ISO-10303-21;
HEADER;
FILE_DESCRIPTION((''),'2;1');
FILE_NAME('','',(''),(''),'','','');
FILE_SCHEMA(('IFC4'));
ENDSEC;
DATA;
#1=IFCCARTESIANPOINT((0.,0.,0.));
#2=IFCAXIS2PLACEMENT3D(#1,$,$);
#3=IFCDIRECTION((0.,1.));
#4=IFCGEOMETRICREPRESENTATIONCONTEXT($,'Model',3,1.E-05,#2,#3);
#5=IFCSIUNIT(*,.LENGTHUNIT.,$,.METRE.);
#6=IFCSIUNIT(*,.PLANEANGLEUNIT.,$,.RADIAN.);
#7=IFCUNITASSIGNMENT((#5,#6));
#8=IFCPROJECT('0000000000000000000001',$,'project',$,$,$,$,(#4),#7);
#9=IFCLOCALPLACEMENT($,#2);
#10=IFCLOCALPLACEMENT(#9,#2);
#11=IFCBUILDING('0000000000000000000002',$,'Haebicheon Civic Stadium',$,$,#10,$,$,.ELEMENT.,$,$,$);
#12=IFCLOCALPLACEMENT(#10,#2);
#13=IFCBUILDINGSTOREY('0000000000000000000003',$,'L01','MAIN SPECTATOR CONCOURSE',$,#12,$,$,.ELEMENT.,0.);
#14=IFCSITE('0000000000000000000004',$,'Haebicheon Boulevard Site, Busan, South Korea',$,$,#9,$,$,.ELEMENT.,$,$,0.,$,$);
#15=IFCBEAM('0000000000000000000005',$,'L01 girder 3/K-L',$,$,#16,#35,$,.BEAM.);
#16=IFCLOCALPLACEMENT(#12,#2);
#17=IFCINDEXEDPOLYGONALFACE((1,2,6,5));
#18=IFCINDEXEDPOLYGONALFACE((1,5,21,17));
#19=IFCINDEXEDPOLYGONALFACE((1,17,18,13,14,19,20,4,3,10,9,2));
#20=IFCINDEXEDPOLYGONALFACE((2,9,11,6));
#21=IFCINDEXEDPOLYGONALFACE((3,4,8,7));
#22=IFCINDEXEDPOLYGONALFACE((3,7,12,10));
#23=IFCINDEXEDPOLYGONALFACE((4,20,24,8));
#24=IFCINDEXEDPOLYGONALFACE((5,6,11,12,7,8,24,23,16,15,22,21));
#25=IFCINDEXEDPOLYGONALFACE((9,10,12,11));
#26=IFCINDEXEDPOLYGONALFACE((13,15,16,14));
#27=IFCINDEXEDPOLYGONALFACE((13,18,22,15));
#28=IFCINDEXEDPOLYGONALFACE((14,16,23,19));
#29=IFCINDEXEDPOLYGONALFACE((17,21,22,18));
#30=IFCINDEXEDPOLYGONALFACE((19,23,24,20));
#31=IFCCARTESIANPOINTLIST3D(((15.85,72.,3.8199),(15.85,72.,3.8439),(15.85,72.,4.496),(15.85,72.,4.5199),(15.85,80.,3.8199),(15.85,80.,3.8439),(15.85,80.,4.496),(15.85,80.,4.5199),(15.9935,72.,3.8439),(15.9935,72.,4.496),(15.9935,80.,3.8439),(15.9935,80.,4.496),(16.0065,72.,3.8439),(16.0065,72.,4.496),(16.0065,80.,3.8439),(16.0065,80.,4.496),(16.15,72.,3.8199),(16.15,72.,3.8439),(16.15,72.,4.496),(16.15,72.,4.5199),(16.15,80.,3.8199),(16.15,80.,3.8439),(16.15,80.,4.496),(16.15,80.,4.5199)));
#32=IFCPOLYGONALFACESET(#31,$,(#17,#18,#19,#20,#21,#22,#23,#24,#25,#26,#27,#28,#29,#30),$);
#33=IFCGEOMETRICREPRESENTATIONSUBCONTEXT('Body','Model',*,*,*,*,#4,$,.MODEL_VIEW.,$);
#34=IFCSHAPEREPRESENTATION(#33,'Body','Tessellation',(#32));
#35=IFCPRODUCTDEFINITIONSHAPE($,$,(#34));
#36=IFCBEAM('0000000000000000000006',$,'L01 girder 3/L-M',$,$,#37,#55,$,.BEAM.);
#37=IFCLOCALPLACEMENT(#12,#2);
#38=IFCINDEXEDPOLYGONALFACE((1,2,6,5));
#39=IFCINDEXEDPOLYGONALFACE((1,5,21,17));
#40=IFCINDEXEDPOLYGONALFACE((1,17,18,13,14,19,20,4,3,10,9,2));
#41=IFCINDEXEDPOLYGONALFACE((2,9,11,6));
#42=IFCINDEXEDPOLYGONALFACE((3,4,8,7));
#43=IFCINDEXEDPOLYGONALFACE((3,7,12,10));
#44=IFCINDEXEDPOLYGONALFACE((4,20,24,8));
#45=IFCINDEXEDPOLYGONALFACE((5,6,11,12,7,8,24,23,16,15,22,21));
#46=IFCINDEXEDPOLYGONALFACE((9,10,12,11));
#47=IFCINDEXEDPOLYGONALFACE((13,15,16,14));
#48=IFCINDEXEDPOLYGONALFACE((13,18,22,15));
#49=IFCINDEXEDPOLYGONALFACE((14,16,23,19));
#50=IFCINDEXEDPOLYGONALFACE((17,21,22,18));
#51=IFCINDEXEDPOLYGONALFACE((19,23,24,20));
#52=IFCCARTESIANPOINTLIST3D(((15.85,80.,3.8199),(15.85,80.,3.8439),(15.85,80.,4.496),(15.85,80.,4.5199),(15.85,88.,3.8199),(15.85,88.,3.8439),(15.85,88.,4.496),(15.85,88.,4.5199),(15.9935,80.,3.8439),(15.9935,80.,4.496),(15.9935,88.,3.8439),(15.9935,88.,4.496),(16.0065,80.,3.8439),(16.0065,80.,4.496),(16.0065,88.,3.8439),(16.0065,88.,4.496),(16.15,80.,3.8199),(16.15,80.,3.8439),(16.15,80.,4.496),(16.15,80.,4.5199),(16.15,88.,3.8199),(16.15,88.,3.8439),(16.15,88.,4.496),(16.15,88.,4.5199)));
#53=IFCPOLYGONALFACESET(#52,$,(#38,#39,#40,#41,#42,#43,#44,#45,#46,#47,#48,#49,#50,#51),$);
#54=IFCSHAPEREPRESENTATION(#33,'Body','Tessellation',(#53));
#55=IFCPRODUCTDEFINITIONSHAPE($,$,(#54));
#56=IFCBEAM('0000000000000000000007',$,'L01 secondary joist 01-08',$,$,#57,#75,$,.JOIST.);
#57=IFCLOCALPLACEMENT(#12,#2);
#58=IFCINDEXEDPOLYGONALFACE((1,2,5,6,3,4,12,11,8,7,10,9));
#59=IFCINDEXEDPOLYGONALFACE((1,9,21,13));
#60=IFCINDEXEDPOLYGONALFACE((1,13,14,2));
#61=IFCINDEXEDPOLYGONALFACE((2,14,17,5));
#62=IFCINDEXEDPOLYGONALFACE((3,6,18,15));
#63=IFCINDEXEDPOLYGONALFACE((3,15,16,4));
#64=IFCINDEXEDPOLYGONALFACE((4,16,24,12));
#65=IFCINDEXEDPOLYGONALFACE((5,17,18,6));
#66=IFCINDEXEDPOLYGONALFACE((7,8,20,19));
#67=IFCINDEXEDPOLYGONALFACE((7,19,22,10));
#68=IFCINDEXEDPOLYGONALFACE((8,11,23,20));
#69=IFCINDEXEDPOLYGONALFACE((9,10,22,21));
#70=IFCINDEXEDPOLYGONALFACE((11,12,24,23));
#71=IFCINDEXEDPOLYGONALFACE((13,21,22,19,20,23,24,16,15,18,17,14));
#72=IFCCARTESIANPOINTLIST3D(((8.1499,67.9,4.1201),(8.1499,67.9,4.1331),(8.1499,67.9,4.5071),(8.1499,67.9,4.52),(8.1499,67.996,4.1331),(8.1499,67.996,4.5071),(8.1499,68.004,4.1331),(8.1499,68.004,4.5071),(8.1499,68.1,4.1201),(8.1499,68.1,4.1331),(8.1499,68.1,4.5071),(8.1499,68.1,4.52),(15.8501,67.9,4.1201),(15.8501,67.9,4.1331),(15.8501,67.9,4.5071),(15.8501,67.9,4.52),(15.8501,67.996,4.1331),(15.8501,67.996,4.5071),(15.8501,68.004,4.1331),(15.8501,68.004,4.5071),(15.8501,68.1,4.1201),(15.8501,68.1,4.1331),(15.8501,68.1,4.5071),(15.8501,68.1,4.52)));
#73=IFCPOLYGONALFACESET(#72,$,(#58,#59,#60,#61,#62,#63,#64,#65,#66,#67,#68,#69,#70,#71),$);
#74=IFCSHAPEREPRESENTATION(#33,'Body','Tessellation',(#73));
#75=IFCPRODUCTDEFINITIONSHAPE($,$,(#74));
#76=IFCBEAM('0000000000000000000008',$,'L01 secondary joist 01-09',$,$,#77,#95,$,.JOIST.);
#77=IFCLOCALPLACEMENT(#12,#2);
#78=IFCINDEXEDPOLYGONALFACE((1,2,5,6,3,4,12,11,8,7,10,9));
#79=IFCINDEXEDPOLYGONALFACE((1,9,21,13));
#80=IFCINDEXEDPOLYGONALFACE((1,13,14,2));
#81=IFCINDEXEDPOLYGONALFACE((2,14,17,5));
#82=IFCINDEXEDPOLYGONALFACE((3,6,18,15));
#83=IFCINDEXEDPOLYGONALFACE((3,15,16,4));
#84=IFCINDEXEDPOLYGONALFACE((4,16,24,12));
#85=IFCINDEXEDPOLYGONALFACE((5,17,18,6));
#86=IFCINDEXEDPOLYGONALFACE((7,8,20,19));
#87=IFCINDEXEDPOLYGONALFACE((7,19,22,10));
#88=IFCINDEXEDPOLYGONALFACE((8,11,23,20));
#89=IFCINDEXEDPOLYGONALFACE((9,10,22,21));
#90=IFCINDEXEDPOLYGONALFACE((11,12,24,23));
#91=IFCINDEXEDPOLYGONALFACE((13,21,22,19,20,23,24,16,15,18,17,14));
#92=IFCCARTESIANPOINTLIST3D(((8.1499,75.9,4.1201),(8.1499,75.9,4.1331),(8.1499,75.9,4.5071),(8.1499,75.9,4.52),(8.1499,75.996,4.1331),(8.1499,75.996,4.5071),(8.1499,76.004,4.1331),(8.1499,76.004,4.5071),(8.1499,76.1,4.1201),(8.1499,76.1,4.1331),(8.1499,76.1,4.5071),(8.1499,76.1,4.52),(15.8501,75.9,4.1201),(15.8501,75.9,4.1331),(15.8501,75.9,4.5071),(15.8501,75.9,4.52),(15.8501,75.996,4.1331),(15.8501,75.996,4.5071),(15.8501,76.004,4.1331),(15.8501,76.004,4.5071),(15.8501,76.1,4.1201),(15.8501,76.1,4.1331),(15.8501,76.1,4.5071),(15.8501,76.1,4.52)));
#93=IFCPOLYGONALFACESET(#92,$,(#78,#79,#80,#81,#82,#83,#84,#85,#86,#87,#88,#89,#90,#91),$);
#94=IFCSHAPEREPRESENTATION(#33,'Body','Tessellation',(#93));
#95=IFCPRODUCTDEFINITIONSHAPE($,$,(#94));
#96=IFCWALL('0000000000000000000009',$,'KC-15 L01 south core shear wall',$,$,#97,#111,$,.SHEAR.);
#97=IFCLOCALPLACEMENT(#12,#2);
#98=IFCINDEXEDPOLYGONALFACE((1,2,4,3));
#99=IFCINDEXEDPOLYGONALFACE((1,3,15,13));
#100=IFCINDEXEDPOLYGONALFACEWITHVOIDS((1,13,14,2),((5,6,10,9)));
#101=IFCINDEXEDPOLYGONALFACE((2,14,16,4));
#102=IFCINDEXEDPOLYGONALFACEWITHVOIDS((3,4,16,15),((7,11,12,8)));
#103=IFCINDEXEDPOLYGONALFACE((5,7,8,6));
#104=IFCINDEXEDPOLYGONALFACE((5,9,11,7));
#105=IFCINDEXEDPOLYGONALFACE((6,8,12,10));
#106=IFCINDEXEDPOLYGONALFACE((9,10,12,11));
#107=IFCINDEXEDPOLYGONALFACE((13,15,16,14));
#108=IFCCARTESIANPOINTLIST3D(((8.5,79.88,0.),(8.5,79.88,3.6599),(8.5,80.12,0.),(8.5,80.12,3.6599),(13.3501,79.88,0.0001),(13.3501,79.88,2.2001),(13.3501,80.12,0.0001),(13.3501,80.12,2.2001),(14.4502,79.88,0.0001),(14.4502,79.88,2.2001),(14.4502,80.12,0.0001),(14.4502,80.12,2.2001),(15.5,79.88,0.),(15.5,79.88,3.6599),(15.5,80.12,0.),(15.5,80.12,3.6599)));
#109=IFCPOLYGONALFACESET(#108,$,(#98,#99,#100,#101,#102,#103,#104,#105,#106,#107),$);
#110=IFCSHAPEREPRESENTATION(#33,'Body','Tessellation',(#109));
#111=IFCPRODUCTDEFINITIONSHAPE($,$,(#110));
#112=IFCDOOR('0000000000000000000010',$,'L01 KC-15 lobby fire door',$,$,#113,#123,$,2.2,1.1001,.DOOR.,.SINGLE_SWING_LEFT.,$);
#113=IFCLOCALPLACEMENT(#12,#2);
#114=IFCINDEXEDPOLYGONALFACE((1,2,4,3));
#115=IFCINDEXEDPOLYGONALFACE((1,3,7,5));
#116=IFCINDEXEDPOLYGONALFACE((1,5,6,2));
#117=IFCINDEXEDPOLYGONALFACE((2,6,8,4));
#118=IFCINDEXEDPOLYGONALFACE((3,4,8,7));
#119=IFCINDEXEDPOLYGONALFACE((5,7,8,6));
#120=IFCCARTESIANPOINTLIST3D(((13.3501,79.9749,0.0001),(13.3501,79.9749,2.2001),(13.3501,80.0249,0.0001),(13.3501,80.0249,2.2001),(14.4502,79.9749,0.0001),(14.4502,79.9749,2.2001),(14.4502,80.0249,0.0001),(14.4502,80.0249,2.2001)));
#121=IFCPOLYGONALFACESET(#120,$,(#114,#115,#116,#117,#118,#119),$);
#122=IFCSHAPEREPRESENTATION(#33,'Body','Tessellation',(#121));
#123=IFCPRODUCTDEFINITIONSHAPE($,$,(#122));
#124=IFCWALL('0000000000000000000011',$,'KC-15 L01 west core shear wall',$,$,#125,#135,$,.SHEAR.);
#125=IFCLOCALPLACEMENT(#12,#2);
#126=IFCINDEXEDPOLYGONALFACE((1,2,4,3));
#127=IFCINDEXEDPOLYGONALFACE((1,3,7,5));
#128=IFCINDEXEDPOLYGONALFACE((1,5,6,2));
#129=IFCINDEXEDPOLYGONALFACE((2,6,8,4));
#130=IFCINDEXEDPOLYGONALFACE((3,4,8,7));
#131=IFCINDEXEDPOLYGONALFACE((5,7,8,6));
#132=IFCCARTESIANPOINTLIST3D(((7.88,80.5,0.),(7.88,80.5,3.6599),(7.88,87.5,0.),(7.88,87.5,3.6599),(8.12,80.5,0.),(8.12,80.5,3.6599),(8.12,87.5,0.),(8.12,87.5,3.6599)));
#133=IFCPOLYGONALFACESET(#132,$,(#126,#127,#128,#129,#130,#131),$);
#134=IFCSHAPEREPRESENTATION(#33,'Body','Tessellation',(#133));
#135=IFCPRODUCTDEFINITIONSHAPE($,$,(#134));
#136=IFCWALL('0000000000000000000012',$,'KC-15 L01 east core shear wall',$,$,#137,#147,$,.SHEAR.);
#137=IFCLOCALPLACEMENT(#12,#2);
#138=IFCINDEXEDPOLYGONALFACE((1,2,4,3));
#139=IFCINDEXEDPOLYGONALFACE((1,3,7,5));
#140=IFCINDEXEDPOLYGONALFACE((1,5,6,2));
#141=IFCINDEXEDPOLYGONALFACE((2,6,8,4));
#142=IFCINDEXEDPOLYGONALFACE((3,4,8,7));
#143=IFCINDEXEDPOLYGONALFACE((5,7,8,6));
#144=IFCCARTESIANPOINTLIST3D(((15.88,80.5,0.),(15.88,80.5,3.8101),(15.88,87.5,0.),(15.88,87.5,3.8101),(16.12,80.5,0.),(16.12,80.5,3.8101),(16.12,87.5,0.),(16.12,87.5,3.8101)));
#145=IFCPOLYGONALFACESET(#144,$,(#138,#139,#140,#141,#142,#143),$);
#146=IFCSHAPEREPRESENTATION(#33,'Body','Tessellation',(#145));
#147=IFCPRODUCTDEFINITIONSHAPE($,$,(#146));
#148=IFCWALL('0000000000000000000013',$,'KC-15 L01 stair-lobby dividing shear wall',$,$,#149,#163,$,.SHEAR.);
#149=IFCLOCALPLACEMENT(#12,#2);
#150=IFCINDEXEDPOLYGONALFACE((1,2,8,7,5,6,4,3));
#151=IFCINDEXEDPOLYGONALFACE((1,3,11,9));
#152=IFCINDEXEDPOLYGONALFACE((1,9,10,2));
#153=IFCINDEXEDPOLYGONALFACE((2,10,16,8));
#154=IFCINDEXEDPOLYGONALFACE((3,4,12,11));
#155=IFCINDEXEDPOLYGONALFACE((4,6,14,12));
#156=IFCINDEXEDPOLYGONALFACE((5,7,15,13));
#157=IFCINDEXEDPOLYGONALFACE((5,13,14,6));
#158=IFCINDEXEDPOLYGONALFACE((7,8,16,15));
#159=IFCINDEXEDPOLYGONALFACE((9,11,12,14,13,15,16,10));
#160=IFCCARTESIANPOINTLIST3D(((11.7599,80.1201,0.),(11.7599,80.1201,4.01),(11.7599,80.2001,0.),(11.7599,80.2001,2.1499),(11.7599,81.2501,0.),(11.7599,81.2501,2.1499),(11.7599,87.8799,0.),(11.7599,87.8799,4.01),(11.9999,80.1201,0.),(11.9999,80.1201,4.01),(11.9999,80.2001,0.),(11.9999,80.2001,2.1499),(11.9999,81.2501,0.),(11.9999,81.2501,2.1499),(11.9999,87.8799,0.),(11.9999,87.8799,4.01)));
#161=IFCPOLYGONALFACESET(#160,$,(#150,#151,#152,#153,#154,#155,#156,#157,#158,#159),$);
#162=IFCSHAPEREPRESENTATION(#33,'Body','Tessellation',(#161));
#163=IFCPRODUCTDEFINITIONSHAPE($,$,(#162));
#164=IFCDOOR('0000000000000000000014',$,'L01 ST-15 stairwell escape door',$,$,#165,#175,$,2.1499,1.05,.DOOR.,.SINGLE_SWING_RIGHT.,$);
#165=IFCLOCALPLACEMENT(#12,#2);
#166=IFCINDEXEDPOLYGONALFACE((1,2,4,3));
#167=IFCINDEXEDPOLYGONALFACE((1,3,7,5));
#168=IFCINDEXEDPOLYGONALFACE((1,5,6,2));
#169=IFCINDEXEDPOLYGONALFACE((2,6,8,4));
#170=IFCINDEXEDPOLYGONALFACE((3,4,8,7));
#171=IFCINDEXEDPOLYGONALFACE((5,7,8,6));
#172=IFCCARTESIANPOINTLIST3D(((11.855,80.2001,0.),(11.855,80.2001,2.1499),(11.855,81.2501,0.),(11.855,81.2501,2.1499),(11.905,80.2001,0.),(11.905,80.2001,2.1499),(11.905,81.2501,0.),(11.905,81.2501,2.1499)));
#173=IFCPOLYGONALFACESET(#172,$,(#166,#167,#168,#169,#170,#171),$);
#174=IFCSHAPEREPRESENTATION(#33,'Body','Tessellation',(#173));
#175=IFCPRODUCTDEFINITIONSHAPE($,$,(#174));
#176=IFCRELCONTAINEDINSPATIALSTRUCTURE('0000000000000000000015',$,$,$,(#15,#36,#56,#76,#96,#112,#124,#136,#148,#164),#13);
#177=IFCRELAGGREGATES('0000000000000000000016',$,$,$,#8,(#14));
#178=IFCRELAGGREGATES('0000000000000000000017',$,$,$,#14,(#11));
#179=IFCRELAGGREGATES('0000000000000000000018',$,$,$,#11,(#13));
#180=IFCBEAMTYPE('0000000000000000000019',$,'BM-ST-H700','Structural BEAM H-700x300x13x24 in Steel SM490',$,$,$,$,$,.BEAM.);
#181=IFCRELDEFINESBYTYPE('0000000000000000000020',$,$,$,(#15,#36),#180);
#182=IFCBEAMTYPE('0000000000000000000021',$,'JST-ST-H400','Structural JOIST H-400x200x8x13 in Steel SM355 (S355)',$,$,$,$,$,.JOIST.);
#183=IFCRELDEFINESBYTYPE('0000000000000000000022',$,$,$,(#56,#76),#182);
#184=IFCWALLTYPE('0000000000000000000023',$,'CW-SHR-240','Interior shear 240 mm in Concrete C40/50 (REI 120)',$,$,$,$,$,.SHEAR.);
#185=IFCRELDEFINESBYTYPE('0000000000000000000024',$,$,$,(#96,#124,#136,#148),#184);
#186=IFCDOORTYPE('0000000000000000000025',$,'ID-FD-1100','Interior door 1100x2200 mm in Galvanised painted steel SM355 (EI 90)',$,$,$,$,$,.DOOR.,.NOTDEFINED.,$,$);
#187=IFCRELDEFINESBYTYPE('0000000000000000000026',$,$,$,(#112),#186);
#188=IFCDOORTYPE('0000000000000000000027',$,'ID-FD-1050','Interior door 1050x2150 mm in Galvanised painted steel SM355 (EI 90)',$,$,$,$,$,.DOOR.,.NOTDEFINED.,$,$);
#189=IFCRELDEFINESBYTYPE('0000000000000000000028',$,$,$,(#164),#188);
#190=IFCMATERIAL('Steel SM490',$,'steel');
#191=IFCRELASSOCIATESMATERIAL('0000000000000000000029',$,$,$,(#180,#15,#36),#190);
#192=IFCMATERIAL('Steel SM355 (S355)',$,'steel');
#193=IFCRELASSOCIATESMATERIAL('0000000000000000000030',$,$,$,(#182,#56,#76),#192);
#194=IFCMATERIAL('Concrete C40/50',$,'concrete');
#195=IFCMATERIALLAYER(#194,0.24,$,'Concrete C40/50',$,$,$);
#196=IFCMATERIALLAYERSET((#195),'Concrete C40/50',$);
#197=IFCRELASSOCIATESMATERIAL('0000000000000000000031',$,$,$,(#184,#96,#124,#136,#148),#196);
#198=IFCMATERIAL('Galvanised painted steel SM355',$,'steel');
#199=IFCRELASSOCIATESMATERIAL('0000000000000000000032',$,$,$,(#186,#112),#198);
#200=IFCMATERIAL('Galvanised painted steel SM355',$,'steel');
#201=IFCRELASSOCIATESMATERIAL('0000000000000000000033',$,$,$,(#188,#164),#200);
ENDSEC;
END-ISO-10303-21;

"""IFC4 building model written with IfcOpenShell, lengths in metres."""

from ifc_helpers import new_model, si_unit, direction, frame, frame_2d, origin, origin_2d, place, context, subcontext, project, spatial, rectangle, i_section, extrude, material, layer, layer_set, material_profile, profile_set, type_object, element, fill, save


model = new_model("IFC4")

# Units and contexts
model_context = context("Model", 3, precision=1e-05, world=origin(), true_north=direction((0.0, 1.0)))
body_context = subcontext(model_context, "Body", "Model", "MODEL_VIEW")
ifc_project = project(units=[si_unit("LENGTHUNIT", "METRE"), si_unit("PLANEANGLEUNIT", "RADIAN")], contexts=[model_context])

# Site, building, storey
site_placement = place(None, origin())
site = spatial("IfcSite", under=ifc_project, at=site_placement, Name="Haebicheon Boulevard Site, Busan, South Korea", CompositionType="ELEMENT", RefElevation=0.0)
building_placement = place(site_placement, origin())
building = spatial("IfcBuilding", under=site, at=building_placement, Name="Haebicheon Civic Stadium", CompositionType="ELEMENT")
storey_placement = place(building_placement, origin())
storey = spatial("IfcBuildingStorey", under=building, at=storey_placement, Name="L01", Description="MAIN SPECTATOR CONCOURSE", CompositionType="ELEMENT", Elevation=0.0)

# Beams
ifc_material_1 = material(Name="Steel SM490", Category="steel")
ifc_material_profile_1 = material_profile(ifc_material_1, i_section(OverallWidth=0.3, OverallDepth=0.7, WebThickness=0.0129, FlangeThickness=0.0239, at=origin_2d()), Name="H-700x300x13x24")
ifc_profile_set_1 = profile_set([ifc_material_profile_1], Name="Steel SM490")
beam_type_1 = type_object("IfcBeamType", Name="BM-ST-H700", Description="Structural BEAM H-700x300x13x24 in Steel SM490", PredefinedType="BEAM", material=ifc_profile_set_1)
for number, where, z_axis, x_axis, name in (
    (1, (16.0, 72.0, 4.1699), (0.0, 1.0, 0.0), (-1.0, 0.0, 0.0), "L01 girder 3/K-L"),
    (2, (16.0, 80.0, 4.1699), (0.0, 1.0, 0.0), (-1.0, 0.0, 0.0), "L01 girder 3/L-M"),
):
    element("IfcBeam", number, at=place(storey_placement, frame(where, z_axis=z_axis, x_axis=x_axis)), inside=storey, type_object=beam_type_1, material=ifc_profile_set_1, Name=name, PredefinedType="BEAM", context=body_context, shape_type="SweptSolid", body=[
        extrude(i_section(OverallWidth=0.3, OverallDepth=0.7, WebThickness=0.0129, FlangeThickness=0.0239, at=origin_2d()), origin(), (0.0, 0.0, 1.0), 8.0),
    ])
ifc_material_2 = material(Name="Steel SM355 (S355)", Category="steel")
ifc_material_profile_2 = material_profile(ifc_material_2, i_section(OverallWidth=0.2, OverallDepth=0.3999, WebThickness=0.0081, FlangeThickness=0.0129, at=origin_2d()), Name="H-400x200x8x13")
ifc_profile_set_2 = profile_set([ifc_material_profile_2], Name="Steel SM355 (S355)")
beam_type_2 = type_object("IfcBeamType", Name="JST-ST-H400", Description="Structural JOIST H-400x200x8x13 in Steel SM355 (S355)", PredefinedType="JOIST", material=ifc_profile_set_2)
for number, where, z_axis, x_axis, name in (
    (3, (8.1499, 68.0, 4.3201), (1.0, 0.0, 0.0), (0.0, 1.0, 0.0), "L01 secondary joist 01-08"),
    (4, (8.1499, 76.0, 4.3201), (1.0, 0.0, 0.0), (0.0, 1.0, 0.0), "L01 secondary joist 01-09"),
):
    element("IfcBeam", number, at=place(storey_placement, frame(where, z_axis=z_axis, x_axis=x_axis)), inside=storey, type_object=beam_type_2, material=ifc_profile_set_2, Name=name, PredefinedType="JOIST", context=body_context, shape_type="SweptSolid", body=[
        extrude(i_section(OverallWidth=0.2, OverallDepth=0.3999, WebThickness=0.0081, FlangeThickness=0.0129, at=origin_2d()), origin(), (0.0, 0.0, 1.0), 7.7002),
    ])

# Wall, opening, door
ifc_material_3 = material(Name="Concrete C40/50", Category="concrete")
ifc_layer_1 = layer(ifc_material_3, 0.24, Name="Concrete C40/50")
ifc_layer_set_1 = layer_set([ifc_layer_1], Name="Concrete C40/50")
wall_type_1 = type_object("IfcWallType", Name="CW-SHR-240", Description="Interior shear 240 mm in Concrete C40/50 (REI 120)", PredefinedType="SHEAR", material=ifc_layer_set_1)
wall_1_placement = place(storey_placement, frame((8.5, 80.0, 0.0), z_axis=(0.0, 0.0, 1.0), x_axis=(1.0, 0.0, 0.0)))
wall_1 = element("IfcWall", 5, at=wall_1_placement, inside=storey, type_object=wall_type_1, material=ifc_layer_set_1, Name="KC-15 L01 south core shear wall", PredefinedType="SHEAR", context=body_context, shape_type="SweptSolid", body=[
    extrude(rectangle(XDim=7.0, YDim=0.24, at=frame_2d((3.5, 0.0))), origin(), (0.0, 0.0, 1.0), 3.6599),
])
opening_1_placement = place(wall_1_placement, frame((4.8501, 0.0, 0.0)))
opening_1 = element("IfcOpeningElement", 6, at=opening_1_placement, cuts=wall_1, PredefinedType="OPENING", context=body_context, shape_type="SweptSolid", body=[
    extrude(rectangle(XDim=1.1001, YDim=2.2, at=frame_2d((0.55, 1.1001))), frame((0.0, 0.1299, 0.0), z_axis=(0.0, -1.0, 0.0), x_axis=(1.0, 0.0, 0.0)), (0.0, 0.0, 1.0), 0.26),
])
ifc_material_4 = material(Name="Galvanised painted steel SM355", Category="steel")
door_type_1 = type_object("IfcDoorType", Name="ID-FD-1100", Description="Interior door 1100x2200 mm in Galvanised painted steel SM355 (EI 90)", OperationType="NOTDEFINED", PredefinedType="DOOR", material=ifc_material_4)
door_1_placement = place(opening_1_placement, origin())
door_1 = element("IfcDoor", 7, at=door_1_placement, inside=storey, type_object=door_type_1, material=ifc_material_4, Name="L01 KC-15 lobby fire door", OperationType="SINGLE_SWING_LEFT", OverallHeight=2.2, OverallWidth=1.1001, PredefinedType="DOOR", context=body_context, shape_type="SweptSolid", body=[
    extrude(rectangle(XDim=1.1001, YDim=2.2, at=frame_2d((0.55, 1.1001))), frame((0.0, 0.0249, 0.0), z_axis=(0.0, -1.0, 0.0), x_axis=(1.0, 0.0, 0.0)), (0.0, 0.0, 1.0), 0.05),
])
fill(opening_1, door_1)

# Walls
wall_2_placement = place(storey_placement, frame((8.0, 80.5, 0.0), z_axis=(0.0, 0.0, 1.0), x_axis=(0.0, 1.0, 0.0)))
element("IfcWall", 8, at=wall_2_placement, inside=storey, type_object=wall_type_1, material=ifc_layer_set_1, Name="KC-15 L01 west core shear wall", PredefinedType="SHEAR", context=body_context, shape_type="SweptSolid", body=[
    extrude(rectangle(XDim=7.0, YDim=0.24, at=frame_2d((3.5, 0.0))), origin(), (0.0, 0.0, 1.0), 3.6599),
])
wall_3_placement = place(storey_placement, frame((16.0, 80.5, 0.0), z_axis=(0.0, 0.0, 1.0), x_axis=(0.0, 1.0, 0.0)))
element("IfcWall", 9, at=wall_3_placement, inside=storey, type_object=wall_type_1, material=ifc_layer_set_1, Name="KC-15 L01 east core shear wall", PredefinedType="SHEAR", context=body_context, shape_type="SweptSolid", body=[
    extrude(rectangle(XDim=7.0, YDim=0.24, at=frame_2d((3.5, 0.0))), origin(), (0.0, 0.0, 1.0), 3.8101),
])

# Wall, opening, door
wall_4_placement = place(storey_placement, frame((11.8799, 80.1201, 0.0), z_axis=(0.0, 0.0, 1.0), x_axis=(0.0, 1.0, 0.0)))
wall_4 = element("IfcWall", 10, at=wall_4_placement, inside=storey, type_object=wall_type_1, material=ifc_layer_set_1, Name="KC-15 L01 stair-lobby dividing shear wall", PredefinedType="SHEAR", context=body_context, shape_type="SweptSolid", body=[
    extrude(rectangle(XDim=7.7598, YDim=0.24, at=frame_2d((3.8799, 0.0))), origin(), (0.0, 0.0, 1.0), 4.01),
])
opening_2_placement = place(wall_4_placement, frame((0.0801, 0.0, 0.0)))
opening_2 = element("IfcOpeningElement", 11, at=opening_2_placement, cuts=wall_4, PredefinedType="OPENING", context=body_context, shape_type="SweptSolid", body=[
    extrude(rectangle(XDim=1.05, YDim=2.1499, at=frame_2d((0.5249, 1.075))), frame((0.0, 0.1299, 0.0), z_axis=(0.0, -1.0, 0.0), x_axis=(1.0, 0.0, 0.0)), (0.0, 0.0, 1.0), 0.26),
])
ifc_material_5 = material(Name="Galvanised painted steel SM355", Category="steel")
door_type_2 = type_object("IfcDoorType", Name="ID-FD-1050", Description="Interior door 1050x2150 mm in Galvanised painted steel SM355 (EI 90)", OperationType="NOTDEFINED", PredefinedType="DOOR", material=ifc_material_5)
door_2_placement = place(opening_2_placement, origin())
door_2 = element("IfcDoor", 12, at=door_2_placement, inside=storey, type_object=door_type_2, material=ifc_material_5, Name="L01 ST-15 stairwell escape door", OperationType="SINGLE_SWING_RIGHT", OverallHeight=2.1499, OverallWidth=1.05, PredefinedType="DOOR", context=body_context, shape_type="SweptSolid", body=[
    extrude(rectangle(XDim=1.05, YDim=2.1499, at=frame_2d((0.5249, 1.075))), frame((0.0, 0.0249, 0.0), z_axis=(0.0, -1.0, 0.0), x_axis=(1.0, 0.0, 0.0)), (0.0, 0.0, 1.0), 0.05),
])
fill(opening_2, door_2)

save(model, "model.ifc")
